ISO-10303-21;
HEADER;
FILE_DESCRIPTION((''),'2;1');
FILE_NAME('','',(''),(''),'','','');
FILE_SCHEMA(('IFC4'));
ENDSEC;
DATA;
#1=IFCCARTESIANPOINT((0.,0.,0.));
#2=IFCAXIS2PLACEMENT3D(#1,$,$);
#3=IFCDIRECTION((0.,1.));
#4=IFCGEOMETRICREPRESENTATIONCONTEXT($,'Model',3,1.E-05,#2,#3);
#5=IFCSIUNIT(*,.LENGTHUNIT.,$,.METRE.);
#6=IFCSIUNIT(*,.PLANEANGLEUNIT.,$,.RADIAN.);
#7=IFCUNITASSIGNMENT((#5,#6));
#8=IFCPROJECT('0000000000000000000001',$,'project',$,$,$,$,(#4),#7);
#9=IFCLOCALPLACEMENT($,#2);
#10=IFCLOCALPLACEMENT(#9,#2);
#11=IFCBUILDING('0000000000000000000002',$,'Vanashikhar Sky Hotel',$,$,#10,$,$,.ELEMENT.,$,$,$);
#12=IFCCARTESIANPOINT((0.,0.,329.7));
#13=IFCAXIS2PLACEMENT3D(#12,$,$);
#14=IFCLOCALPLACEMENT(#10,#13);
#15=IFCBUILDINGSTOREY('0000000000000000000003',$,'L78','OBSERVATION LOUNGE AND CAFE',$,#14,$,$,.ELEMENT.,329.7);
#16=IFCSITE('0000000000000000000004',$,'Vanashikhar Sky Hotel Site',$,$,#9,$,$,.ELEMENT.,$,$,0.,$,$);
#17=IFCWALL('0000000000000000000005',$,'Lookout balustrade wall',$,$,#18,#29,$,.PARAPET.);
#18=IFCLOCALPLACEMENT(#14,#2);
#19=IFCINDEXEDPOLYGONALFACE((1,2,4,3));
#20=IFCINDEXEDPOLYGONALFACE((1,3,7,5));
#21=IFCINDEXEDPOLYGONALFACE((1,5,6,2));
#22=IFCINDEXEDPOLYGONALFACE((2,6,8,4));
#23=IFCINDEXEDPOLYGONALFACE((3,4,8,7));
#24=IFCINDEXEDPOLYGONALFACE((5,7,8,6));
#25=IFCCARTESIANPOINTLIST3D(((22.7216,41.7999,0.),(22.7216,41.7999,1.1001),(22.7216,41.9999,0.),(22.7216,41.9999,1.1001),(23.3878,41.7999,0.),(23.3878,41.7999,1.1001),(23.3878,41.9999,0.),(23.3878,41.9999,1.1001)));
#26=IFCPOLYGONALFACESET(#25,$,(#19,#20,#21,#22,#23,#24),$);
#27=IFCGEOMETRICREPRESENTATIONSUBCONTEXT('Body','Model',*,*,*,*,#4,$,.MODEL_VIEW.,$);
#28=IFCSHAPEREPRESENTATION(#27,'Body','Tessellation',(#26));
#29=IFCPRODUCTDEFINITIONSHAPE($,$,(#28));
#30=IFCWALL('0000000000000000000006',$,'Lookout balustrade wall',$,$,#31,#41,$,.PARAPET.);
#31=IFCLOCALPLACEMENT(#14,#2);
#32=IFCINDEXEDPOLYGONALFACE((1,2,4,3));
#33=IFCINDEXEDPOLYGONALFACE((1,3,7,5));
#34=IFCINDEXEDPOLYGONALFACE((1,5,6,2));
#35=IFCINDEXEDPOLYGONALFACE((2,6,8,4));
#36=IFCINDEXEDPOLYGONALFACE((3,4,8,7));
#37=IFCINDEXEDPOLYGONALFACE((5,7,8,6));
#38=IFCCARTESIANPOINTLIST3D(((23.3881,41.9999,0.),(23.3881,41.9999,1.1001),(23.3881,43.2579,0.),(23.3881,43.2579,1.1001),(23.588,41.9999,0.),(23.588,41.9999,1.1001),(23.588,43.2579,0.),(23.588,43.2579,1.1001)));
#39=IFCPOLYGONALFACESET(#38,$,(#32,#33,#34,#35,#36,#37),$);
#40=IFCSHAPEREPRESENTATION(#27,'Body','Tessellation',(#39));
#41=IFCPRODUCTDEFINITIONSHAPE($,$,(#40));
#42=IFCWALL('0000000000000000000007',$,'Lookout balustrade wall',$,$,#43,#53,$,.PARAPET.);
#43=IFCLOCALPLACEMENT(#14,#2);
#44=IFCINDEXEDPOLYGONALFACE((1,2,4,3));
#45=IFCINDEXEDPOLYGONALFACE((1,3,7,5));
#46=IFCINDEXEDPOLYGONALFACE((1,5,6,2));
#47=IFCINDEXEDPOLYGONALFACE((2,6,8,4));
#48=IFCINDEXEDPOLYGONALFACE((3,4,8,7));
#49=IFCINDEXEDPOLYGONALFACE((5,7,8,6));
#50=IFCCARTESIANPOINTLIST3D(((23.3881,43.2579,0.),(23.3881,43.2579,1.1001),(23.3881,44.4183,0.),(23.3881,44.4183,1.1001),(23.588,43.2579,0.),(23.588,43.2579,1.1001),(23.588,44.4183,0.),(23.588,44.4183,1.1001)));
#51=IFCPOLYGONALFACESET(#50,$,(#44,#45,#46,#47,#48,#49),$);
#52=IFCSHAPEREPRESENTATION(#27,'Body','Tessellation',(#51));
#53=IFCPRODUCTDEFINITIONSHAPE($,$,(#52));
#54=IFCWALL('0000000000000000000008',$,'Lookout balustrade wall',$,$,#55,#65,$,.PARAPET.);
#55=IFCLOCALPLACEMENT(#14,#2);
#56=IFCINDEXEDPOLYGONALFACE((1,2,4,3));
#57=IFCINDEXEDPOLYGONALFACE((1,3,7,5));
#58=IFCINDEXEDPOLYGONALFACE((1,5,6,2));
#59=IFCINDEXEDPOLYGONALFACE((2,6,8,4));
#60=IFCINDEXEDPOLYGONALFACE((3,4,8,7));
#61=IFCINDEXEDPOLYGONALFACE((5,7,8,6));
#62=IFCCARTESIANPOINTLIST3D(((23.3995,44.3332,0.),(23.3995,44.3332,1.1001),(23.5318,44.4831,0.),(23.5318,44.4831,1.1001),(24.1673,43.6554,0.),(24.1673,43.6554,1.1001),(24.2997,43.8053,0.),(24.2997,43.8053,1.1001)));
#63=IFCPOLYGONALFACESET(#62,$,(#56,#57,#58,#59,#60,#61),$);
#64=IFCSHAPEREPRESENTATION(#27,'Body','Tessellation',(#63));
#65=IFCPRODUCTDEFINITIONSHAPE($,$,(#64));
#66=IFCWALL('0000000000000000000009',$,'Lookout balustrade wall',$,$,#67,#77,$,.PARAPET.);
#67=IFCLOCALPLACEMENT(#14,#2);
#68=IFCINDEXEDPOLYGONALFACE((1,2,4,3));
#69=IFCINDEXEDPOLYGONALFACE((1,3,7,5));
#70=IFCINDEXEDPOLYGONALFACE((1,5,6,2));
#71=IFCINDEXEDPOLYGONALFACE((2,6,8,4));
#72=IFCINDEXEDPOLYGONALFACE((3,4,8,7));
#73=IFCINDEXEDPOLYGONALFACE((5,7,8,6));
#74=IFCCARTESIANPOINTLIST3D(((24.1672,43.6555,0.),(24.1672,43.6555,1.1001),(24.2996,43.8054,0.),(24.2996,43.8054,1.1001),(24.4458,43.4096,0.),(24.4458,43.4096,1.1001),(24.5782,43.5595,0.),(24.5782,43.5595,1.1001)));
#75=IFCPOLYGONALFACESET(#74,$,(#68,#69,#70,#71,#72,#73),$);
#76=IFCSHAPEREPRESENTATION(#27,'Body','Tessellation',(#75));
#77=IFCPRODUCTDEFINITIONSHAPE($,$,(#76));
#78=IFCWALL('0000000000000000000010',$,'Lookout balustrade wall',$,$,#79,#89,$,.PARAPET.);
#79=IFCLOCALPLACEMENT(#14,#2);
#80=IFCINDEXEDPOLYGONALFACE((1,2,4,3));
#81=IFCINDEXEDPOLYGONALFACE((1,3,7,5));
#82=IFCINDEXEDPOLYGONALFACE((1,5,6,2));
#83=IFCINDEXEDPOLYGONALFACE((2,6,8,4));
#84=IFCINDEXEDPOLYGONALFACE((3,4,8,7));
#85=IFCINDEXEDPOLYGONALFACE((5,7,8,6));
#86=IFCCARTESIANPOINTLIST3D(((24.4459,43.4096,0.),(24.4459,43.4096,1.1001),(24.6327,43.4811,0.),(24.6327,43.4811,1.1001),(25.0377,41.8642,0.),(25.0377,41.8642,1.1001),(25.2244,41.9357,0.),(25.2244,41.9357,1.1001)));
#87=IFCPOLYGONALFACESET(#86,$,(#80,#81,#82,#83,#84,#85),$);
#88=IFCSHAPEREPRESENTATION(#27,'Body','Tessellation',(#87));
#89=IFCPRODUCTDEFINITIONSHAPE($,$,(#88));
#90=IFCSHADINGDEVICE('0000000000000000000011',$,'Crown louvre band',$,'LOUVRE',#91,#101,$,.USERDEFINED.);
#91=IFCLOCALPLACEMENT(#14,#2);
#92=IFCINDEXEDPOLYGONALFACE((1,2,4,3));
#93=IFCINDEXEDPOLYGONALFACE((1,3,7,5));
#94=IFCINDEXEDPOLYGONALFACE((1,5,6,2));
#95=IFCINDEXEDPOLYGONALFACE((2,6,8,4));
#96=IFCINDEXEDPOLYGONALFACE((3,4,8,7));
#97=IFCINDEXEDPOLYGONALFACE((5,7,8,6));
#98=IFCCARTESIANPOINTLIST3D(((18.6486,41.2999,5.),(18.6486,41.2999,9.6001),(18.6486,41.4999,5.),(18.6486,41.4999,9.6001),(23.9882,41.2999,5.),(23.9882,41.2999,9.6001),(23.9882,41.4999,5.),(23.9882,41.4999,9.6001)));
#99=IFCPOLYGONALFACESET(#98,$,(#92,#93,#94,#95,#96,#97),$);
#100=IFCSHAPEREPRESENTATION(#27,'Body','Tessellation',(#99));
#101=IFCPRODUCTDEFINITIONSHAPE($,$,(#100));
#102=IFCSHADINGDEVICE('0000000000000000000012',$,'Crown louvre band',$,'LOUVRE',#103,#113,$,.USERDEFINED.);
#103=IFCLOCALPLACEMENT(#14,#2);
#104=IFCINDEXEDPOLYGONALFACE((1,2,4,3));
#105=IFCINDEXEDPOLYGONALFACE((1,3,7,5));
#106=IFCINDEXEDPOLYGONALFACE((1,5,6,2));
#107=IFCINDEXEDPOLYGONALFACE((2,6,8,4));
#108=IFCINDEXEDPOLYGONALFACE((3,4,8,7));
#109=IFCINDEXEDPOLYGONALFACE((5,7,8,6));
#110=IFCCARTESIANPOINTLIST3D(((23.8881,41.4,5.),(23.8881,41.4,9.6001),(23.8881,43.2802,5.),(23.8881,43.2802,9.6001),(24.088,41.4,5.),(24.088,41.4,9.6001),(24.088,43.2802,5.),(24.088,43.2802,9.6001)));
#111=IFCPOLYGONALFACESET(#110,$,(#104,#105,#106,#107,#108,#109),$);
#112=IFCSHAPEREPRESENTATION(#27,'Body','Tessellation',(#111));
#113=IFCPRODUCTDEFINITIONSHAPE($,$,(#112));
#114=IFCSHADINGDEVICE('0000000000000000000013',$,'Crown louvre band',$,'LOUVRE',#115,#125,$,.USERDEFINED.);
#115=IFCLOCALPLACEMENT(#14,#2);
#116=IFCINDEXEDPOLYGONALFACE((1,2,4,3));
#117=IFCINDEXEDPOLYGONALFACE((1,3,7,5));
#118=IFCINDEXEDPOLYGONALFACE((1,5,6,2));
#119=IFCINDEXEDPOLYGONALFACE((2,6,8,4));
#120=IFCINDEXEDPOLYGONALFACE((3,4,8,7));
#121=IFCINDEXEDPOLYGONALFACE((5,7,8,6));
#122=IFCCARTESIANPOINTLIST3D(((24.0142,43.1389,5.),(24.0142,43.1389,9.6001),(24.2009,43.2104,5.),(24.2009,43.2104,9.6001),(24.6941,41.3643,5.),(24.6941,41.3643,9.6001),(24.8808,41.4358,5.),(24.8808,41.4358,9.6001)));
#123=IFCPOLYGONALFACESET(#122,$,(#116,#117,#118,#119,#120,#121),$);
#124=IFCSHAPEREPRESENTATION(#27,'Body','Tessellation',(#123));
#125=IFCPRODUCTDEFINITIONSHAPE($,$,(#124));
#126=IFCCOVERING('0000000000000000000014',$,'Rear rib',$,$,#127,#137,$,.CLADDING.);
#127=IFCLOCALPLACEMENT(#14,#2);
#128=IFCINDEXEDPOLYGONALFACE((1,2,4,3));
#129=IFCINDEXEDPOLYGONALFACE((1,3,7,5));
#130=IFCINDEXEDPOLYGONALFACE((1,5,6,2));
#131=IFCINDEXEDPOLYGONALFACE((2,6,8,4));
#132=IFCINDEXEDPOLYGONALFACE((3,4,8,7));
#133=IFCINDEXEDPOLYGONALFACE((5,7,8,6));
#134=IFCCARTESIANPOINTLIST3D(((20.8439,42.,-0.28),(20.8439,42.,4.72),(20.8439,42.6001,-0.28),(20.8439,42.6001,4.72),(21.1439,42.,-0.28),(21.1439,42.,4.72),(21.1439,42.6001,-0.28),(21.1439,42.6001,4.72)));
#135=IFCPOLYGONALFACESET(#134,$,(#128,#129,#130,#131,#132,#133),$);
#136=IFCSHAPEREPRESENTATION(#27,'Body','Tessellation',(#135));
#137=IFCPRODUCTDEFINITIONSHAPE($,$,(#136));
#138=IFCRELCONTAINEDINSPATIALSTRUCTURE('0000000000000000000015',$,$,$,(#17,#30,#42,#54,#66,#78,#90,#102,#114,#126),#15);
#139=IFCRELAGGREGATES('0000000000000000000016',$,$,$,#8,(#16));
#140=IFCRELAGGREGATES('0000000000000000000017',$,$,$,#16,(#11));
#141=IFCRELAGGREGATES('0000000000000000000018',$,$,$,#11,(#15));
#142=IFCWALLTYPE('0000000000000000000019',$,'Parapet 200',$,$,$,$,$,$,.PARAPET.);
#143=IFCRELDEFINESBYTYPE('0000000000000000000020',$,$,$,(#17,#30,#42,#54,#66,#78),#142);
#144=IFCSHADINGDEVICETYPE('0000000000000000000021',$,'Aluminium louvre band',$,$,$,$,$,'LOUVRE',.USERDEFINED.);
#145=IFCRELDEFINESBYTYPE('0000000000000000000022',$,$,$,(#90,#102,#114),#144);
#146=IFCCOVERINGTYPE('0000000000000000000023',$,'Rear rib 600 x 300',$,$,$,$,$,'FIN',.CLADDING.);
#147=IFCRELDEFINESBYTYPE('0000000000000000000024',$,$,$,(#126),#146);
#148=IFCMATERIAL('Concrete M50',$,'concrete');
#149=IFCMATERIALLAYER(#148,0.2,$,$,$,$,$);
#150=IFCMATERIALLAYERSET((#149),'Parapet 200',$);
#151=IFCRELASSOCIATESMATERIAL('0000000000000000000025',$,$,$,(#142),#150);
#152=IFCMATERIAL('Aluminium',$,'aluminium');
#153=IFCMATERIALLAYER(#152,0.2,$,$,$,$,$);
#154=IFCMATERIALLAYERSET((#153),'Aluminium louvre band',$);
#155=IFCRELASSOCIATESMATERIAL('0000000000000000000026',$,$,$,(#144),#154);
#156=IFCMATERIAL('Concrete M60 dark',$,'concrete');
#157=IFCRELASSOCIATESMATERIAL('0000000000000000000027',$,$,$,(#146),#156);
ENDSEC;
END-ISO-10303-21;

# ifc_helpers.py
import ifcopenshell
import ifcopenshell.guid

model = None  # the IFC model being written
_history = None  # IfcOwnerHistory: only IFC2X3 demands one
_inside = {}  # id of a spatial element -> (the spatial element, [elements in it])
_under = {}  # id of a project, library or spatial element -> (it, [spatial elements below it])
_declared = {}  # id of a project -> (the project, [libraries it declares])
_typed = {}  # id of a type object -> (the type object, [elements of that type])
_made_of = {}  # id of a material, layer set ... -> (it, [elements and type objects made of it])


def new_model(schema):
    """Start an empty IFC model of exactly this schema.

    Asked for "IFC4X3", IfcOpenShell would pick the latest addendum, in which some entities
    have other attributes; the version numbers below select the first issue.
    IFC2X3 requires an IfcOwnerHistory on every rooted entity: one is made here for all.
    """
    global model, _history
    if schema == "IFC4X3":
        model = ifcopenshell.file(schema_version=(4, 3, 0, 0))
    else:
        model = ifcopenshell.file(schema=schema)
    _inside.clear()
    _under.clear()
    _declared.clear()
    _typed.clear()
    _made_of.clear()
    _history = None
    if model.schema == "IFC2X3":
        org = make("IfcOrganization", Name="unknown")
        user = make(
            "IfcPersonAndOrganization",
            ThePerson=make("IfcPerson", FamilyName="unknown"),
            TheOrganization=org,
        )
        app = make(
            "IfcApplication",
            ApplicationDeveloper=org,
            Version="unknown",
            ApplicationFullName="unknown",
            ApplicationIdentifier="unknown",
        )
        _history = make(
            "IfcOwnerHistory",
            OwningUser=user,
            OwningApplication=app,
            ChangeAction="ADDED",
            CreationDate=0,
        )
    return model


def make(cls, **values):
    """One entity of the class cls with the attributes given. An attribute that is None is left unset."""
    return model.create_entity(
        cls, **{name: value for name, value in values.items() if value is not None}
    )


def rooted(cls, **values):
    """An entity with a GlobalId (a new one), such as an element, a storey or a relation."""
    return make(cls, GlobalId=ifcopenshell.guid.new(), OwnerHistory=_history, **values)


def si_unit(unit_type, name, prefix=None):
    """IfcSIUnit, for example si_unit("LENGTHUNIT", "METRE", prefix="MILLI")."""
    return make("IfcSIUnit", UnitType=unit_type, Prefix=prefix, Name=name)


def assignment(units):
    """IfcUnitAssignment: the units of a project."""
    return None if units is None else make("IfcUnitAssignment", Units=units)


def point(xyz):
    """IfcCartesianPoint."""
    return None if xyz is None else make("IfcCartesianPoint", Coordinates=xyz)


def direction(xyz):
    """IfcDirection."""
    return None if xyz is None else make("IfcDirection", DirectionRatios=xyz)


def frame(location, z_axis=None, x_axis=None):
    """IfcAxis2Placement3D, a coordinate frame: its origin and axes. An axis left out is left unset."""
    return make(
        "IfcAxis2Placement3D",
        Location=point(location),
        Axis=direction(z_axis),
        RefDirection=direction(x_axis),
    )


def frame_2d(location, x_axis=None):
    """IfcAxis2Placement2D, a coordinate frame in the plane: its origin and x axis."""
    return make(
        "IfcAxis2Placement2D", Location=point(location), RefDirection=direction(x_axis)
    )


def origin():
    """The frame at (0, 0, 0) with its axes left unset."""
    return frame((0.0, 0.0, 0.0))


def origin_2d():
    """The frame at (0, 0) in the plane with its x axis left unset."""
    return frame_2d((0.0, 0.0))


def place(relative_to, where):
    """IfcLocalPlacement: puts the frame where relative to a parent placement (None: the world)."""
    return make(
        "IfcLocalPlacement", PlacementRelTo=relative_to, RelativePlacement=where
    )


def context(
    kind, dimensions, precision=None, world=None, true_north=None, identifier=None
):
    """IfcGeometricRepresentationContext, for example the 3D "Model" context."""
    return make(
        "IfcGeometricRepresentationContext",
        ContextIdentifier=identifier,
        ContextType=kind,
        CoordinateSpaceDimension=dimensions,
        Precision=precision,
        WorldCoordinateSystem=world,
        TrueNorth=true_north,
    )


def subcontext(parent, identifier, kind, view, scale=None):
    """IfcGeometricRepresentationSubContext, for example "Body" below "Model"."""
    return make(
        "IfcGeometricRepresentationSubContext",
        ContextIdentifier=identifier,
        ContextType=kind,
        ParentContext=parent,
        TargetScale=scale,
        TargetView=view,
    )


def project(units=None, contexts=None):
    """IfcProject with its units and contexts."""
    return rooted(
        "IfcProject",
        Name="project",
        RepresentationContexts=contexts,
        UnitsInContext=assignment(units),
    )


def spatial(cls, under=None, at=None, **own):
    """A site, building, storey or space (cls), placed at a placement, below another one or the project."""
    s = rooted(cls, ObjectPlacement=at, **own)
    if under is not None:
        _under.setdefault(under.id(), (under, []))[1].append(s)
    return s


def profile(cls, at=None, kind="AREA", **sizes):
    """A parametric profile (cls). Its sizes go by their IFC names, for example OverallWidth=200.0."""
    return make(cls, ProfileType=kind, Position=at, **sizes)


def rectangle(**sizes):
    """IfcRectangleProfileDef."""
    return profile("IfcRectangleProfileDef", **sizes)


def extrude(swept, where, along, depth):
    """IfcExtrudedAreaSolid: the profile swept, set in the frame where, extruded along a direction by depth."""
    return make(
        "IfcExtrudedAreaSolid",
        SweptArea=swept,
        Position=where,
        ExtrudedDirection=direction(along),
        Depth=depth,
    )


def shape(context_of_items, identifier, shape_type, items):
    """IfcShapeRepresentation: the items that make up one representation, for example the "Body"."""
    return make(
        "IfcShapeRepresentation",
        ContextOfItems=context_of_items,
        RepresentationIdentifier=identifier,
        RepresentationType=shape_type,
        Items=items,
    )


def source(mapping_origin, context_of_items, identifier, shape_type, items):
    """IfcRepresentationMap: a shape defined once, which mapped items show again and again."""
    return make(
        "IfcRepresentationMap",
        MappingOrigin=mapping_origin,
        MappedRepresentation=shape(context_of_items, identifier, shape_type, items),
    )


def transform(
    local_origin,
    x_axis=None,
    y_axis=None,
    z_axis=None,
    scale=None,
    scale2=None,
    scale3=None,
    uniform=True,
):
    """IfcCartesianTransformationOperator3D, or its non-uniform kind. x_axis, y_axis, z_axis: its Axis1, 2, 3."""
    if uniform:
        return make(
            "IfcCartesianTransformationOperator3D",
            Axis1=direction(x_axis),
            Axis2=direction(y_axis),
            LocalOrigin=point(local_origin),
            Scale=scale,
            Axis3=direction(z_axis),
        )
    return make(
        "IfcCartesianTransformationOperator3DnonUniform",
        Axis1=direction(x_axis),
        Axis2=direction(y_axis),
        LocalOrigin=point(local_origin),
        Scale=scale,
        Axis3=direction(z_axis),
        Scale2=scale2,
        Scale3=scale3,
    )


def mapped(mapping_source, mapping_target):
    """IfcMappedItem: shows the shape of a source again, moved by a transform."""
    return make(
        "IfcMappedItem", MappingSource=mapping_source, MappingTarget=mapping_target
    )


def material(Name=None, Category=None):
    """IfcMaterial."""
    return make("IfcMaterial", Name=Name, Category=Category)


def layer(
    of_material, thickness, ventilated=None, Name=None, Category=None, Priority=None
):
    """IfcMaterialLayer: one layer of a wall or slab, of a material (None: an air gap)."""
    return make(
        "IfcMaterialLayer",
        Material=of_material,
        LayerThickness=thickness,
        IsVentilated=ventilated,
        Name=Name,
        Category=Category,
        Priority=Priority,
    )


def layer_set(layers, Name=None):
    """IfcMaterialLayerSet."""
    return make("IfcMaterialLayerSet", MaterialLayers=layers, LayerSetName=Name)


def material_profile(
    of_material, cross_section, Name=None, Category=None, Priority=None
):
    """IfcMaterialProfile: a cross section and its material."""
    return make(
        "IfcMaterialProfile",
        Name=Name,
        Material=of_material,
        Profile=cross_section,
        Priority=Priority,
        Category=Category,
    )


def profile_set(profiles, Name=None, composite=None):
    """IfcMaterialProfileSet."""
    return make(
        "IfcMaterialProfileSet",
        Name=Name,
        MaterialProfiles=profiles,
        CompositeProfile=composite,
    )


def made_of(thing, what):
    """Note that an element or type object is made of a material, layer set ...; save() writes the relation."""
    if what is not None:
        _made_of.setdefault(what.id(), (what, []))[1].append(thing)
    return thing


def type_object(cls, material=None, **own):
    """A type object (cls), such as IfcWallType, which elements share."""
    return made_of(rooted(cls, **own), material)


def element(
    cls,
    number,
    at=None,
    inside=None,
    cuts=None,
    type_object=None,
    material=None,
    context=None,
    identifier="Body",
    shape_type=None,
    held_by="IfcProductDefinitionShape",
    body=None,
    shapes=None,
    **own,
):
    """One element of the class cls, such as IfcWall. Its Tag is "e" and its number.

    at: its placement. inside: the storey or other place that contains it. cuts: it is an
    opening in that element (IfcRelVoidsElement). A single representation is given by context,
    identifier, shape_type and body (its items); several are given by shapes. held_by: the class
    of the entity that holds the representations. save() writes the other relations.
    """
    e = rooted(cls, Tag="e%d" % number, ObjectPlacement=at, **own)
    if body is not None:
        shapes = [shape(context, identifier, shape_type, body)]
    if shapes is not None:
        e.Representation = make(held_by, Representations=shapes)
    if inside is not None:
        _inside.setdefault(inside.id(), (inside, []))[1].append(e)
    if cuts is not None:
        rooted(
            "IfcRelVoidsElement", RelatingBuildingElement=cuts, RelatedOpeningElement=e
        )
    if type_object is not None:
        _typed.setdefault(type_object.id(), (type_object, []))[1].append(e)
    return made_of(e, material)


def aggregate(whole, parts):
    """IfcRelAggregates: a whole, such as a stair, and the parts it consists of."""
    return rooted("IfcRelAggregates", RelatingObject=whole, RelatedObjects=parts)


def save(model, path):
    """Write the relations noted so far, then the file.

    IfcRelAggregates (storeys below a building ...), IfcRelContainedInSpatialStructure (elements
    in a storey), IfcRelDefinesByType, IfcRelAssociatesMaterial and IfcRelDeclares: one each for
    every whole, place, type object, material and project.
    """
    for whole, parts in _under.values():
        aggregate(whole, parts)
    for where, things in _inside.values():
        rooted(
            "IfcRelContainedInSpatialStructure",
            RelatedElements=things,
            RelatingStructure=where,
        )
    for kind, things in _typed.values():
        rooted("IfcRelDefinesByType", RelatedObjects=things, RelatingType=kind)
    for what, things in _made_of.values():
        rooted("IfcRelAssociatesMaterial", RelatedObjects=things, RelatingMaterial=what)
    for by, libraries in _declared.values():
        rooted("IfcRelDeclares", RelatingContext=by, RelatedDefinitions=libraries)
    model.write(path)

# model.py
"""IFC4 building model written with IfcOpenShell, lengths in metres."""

from ifc_helpers import new_model, si_unit, direction, frame, frame_2d, origin, origin_2d, place, context, subcontext, project, spatial, rectangle, extrude, source, transform, mapped, material, layer, layer_set, material_profile, profile_set, type_object, element, save


model = new_model("IFC4")

# Units and contexts
model_context = context("Model", 3, precision=1e-05, world=origin(), true_north=direction((0.0, 1.0)))
body_context = subcontext(model_context, "Body", "Model", "MODEL_VIEW")
ifc_project = project(units=[si_unit("LENGTHUNIT", "METRE"), si_unit("PLANEANGLEUNIT", "RADIAN")], contexts=[model_context])

# Site, building, storey
site_placement = place(None, origin())
site = spatial("IfcSite", under=ifc_project, at=site_placement, Name="Vanashikhar Sky Hotel Site", CompositionType="ELEMENT", RefElevation=0.0)
building_placement = place(site_placement, origin())
building = spatial("IfcBuilding", under=site, at=building_placement, Name="Vanashikhar Sky Hotel", CompositionType="ELEMENT")
storey_placement = place(building_placement, frame((0.0, 0.0, 329.7)))
storey = spatial("IfcBuildingStorey", under=building, at=storey_placement, Name="L78", Description="OBSERVATION LOUNGE AND CAFE", CompositionType="ELEMENT", Elevation=329.7)

# Walls
ifc_material_1 = material(Name="Concrete M50", Category="concrete")
ifc_layer_1 = layer(ifc_material_1, 0.2)
ifc_layer_set_1 = layer_set([ifc_layer_1], Name="Parapet 200")
wall_type_1 = type_object("IfcWallType", Name="Parapet 200", PredefinedType="PARAPET", material=ifc_layer_set_1)
shared_shape_1 = source(origin(), body_context, "Body", "SweptSolid", [
    extrude(rectangle(XDim=0.6663, YDim=0.2, at=frame_2d((0.333, 0.0))), origin(), (0.0, 0.0, 1.0), 1.1001),
])
wall_1_placement = place(storey_placement, frame((22.7217, 41.8999, 0.0), z_axis=(0.0, 0.0, 1.0), x_axis=(1.0, 0.0, 0.0)))
element("IfcWall", 1, at=wall_1_placement, inside=storey, type_object=wall_type_1, Name="Lookout balustrade wall", PredefinedType="PARAPET", context=body_context, shape_type="MappedRepresentation", body=[
    mapped(shared_shape_1, transform((0.0, 0.0, 0.0), scale=1.0)),
])
shared_shape_2 = source(origin(), body_context, "Body", "SweptSolid", [
    extrude(rectangle(XDim=1.2581, YDim=0.2, at=frame_2d((0.6289, 0.0))), origin(), (0.0, 0.0, 1.0), 1.1001),
])
wall_2_placement = place(storey_placement, frame((23.488, 42.0, 0.0), z_axis=(0.0, 0.0, 1.0), x_axis=(0.0, 1.0, 0.0)))
element("IfcWall", 2, at=wall_2_placement, inside=storey, type_object=wall_type_1, Name="Lookout balustrade wall", PredefinedType="PARAPET", context=body_context, shape_type="MappedRepresentation", body=[
    mapped(shared_shape_2, transform((0.0, 0.0, 0.0), scale=1.0)),
])
shared_shape_3 = source(origin(), body_context, "Body", "SweptSolid", [
    extrude(rectangle(XDim=1.1604, YDim=0.2, at=frame_2d((0.5801, 0.0))), origin(), (0.0, 0.0, 1.0), 1.1001),
])
wall_3_placement = place(storey_placement, frame((23.488, 43.2581, 0.0), z_axis=(0.0, 0.0, 1.0), x_axis=(0.0, 1.0, 0.0)))
element("IfcWall", 3, at=wall_3_placement, inside=storey, type_object=wall_type_1, Name="Lookout balustrade wall", PredefinedType="PARAPET", context=body_context, shape_type="MappedRepresentation", body=[
    mapped(shared_shape_3, transform((0.0, 0.0, 0.0), scale=1.0)),
])
shared_shape_4 = source(origin(), body_context, "Body", "SweptSolid", [
    extrude(rectangle(XDim=1.0242, YDim=0.2, at=frame_2d((0.5122, 0.0))), origin(), (0.0, 0.0, 1.0), 1.1001),
])
wall_4_placement = place(storey_placement, frame((23.4656, 44.4082, 0.0), z_axis=(0.0, 0.0, 1.0), x_axis=(0.74972, -0.661756, 0.0)))
element("IfcWall", 4, at=wall_4_placement, inside=storey, type_object=wall_type_1, Name="Lookout balustrade wall", PredefinedType="PARAPET", context=body_context, shape_type="MappedRepresentation", body=[
    mapped(shared_shape_4, transform((0.0, 0.0, 0.0), scale=1.0)),
])
shared_shape_5 = source(origin(), body_context, "Body", "SweptSolid", [
    extrude(rectangle(XDim=0.3716, YDim=0.2, at=frame_2d((0.1858, 0.0))), origin(), (0.0, 0.0, 1.0), 1.1001),
])
wall_5_placement = place(storey_placement, frame((24.2334, 43.7305, 0.0), z_axis=(0.0, 0.0, 1.0), x_axis=(0.749761, -0.661709, 0.0)))
element("IfcWall", 5, at=wall_5_placement, inside=storey, type_object=wall_type_1, Name="Lookout balustrade wall", PredefinedType="PARAPET", context=body_context, shape_type="MappedRepresentation", body=[
    mapped(shared_shape_5, transform((0.0, 0.0, 0.0), scale=1.0)),
])
shared_shape_6 = source(origin(), body_context, "Body", "SweptSolid", [
    extrude(rectangle(XDim=1.6548, YDim=0.2, at=frame_2d((0.8274, 0.0))), origin(), (0.0, 0.0, 1.0), 1.1001),
])
wall_6_placement = place(storey_placement, frame((24.5393, 43.4453, 0.0), z_axis=(0.0, 0.0, 1.0), x_axis=(0.357614, -0.933869, 0.0)))
element("IfcWall", 6, at=wall_6_placement, inside=storey, type_object=wall_type_1, Name="Lookout balustrade wall", PredefinedType="PARAPET", context=body_context, shape_type="MappedRepresentation", body=[
    mapped(shared_shape_6, transform((0.0, 0.0, 0.0), scale=1.0)),
])

# Shared definitions
ifc_material_2 = material(Name="Aluminium", Category="aluminium")

# Shading devices
ifc_layer_2 = layer(ifc_material_2, 0.2)
ifc_layer_set_2 = layer_set([ifc_layer_2], Name="Aluminium louvre band")
shading_device_type = type_object("IfcShadingDeviceType", Name="Aluminium louvre band", ElementType="LOUVRE", PredefinedType="USERDEFINED", material=ifc_layer_set_2)
shared_shape_7 = source(origin(), body_context, "Body", "SweptSolid", [
    extrude(rectangle(XDim=5.3396, YDim=0.2, at=origin_2d()), origin(), (0.0, 0.0, 1.0), 4.6001),
])
shading_device_1_placement = place(storey_placement, frame((21.3184, 41.3999, 5.0), z_axis=(0.0, 0.0, 1.0), x_axis=(1.0, 0.0, 0.0)))
element("IfcShadingDevice", 7, at=shading_device_1_placement, inside=storey, type_object=shading_device_type, Name="Crown louvre band", ObjectType="LOUVRE", PredefinedType="USERDEFINED", context=body_context, shape_type="MappedRepresentation", body=[
    mapped(shared_shape_7, transform((0.0, 0.0, 0.0), scale=1.0)),
])
shared_shape_8 = source(origin(), body_context, "Body", "SweptSolid", [
    extrude(rectangle(XDim=1.8801, YDim=0.2, at=origin_2d()), origin(), (0.0, 0.0, 1.0), 4.6001),
])
shading_device_2_placement = place(storey_placement, frame((23.988, 42.3401, 5.0), z_axis=(0.0, 0.0, 1.0), x_axis=(0.0, 1.0, 0.0)))
element("IfcShadingDevice", 8, at=shading_device_2_placement, inside=storey, type_object=shading_device_type, Name="Crown louvre band", ObjectType="LOUVRE", PredefinedType="USERDEFINED", context=body_context, shape_type="MappedRepresentation", body=[
    mapped(shared_shape_8, transform((0.0, 0.0, 0.0), scale=1.0)),
])
shared_shape_9 = source(origin(), body_context, "Body", "SweptSolid", [
    extrude(rectangle(XDim=1.9004, YDim=0.2, at=origin_2d()), origin(), (0.0, 0.0, 1.0), 4.6001),
])
shading_device_3_placement = place(storey_placement, frame((24.4475, 42.2874, 5.0), z_axis=(0.0, 0.0, 1.0), x_axis=(0.357749, -0.933818, 0.0)))
element("IfcShadingDevice", 9, at=shading_device_3_placement, inside=storey, type_object=shading_device_type, Name="Crown louvre band", ObjectType="LOUVRE", PredefinedType="USERDEFINED", context=body_context, shape_type="MappedRepresentation", body=[
    mapped(shared_shape_9, transform((0.0, 0.0, 0.0), scale=1.0)),
])

# Covering
ifc_material_3 = material(Name="Concrete M60 dark", Category="concrete")
ifc_material_profile_1 = material_profile(ifc_material_3, rectangle(XDim=0.6001, YDim=0.3, at=origin_2d()))
ifc_profile_set_1 = profile_set([ifc_material_profile_1], Name="Rear rib 600 x 300")
covering_type = type_object("IfcCoveringType", Name="Rear rib 600 x 300", ElementType="FIN", PredefinedType="CLADDING", material=ifc_profile_set_1)
shared_shape_10 = source(origin(), body_context, "Body", "SweptSolid", [
    extrude(rectangle(XDim=0.6001, YDim=0.3, at=origin_2d()), origin(), (0.0, 0.0, 1.0), 5.0),
])
covering_placement = place(storey_placement, frame((20.9939, 42.3, -0.28), z_axis=(0.0, 0.0, 1.0), x_axis=(0.0, 1.0, 0.0)))
element("IfcCovering", 10, at=covering_placement, inside=storey, type_object=covering_type, Name="Rear rib", PredefinedType="CLADDING", context=body_context, shape_type="MappedRepresentation", body=[
    mapped(shared_shape_10, transform((0.0, 0.0, 0.0), scale=1.0)),
])

save(model, "model.ifc")
